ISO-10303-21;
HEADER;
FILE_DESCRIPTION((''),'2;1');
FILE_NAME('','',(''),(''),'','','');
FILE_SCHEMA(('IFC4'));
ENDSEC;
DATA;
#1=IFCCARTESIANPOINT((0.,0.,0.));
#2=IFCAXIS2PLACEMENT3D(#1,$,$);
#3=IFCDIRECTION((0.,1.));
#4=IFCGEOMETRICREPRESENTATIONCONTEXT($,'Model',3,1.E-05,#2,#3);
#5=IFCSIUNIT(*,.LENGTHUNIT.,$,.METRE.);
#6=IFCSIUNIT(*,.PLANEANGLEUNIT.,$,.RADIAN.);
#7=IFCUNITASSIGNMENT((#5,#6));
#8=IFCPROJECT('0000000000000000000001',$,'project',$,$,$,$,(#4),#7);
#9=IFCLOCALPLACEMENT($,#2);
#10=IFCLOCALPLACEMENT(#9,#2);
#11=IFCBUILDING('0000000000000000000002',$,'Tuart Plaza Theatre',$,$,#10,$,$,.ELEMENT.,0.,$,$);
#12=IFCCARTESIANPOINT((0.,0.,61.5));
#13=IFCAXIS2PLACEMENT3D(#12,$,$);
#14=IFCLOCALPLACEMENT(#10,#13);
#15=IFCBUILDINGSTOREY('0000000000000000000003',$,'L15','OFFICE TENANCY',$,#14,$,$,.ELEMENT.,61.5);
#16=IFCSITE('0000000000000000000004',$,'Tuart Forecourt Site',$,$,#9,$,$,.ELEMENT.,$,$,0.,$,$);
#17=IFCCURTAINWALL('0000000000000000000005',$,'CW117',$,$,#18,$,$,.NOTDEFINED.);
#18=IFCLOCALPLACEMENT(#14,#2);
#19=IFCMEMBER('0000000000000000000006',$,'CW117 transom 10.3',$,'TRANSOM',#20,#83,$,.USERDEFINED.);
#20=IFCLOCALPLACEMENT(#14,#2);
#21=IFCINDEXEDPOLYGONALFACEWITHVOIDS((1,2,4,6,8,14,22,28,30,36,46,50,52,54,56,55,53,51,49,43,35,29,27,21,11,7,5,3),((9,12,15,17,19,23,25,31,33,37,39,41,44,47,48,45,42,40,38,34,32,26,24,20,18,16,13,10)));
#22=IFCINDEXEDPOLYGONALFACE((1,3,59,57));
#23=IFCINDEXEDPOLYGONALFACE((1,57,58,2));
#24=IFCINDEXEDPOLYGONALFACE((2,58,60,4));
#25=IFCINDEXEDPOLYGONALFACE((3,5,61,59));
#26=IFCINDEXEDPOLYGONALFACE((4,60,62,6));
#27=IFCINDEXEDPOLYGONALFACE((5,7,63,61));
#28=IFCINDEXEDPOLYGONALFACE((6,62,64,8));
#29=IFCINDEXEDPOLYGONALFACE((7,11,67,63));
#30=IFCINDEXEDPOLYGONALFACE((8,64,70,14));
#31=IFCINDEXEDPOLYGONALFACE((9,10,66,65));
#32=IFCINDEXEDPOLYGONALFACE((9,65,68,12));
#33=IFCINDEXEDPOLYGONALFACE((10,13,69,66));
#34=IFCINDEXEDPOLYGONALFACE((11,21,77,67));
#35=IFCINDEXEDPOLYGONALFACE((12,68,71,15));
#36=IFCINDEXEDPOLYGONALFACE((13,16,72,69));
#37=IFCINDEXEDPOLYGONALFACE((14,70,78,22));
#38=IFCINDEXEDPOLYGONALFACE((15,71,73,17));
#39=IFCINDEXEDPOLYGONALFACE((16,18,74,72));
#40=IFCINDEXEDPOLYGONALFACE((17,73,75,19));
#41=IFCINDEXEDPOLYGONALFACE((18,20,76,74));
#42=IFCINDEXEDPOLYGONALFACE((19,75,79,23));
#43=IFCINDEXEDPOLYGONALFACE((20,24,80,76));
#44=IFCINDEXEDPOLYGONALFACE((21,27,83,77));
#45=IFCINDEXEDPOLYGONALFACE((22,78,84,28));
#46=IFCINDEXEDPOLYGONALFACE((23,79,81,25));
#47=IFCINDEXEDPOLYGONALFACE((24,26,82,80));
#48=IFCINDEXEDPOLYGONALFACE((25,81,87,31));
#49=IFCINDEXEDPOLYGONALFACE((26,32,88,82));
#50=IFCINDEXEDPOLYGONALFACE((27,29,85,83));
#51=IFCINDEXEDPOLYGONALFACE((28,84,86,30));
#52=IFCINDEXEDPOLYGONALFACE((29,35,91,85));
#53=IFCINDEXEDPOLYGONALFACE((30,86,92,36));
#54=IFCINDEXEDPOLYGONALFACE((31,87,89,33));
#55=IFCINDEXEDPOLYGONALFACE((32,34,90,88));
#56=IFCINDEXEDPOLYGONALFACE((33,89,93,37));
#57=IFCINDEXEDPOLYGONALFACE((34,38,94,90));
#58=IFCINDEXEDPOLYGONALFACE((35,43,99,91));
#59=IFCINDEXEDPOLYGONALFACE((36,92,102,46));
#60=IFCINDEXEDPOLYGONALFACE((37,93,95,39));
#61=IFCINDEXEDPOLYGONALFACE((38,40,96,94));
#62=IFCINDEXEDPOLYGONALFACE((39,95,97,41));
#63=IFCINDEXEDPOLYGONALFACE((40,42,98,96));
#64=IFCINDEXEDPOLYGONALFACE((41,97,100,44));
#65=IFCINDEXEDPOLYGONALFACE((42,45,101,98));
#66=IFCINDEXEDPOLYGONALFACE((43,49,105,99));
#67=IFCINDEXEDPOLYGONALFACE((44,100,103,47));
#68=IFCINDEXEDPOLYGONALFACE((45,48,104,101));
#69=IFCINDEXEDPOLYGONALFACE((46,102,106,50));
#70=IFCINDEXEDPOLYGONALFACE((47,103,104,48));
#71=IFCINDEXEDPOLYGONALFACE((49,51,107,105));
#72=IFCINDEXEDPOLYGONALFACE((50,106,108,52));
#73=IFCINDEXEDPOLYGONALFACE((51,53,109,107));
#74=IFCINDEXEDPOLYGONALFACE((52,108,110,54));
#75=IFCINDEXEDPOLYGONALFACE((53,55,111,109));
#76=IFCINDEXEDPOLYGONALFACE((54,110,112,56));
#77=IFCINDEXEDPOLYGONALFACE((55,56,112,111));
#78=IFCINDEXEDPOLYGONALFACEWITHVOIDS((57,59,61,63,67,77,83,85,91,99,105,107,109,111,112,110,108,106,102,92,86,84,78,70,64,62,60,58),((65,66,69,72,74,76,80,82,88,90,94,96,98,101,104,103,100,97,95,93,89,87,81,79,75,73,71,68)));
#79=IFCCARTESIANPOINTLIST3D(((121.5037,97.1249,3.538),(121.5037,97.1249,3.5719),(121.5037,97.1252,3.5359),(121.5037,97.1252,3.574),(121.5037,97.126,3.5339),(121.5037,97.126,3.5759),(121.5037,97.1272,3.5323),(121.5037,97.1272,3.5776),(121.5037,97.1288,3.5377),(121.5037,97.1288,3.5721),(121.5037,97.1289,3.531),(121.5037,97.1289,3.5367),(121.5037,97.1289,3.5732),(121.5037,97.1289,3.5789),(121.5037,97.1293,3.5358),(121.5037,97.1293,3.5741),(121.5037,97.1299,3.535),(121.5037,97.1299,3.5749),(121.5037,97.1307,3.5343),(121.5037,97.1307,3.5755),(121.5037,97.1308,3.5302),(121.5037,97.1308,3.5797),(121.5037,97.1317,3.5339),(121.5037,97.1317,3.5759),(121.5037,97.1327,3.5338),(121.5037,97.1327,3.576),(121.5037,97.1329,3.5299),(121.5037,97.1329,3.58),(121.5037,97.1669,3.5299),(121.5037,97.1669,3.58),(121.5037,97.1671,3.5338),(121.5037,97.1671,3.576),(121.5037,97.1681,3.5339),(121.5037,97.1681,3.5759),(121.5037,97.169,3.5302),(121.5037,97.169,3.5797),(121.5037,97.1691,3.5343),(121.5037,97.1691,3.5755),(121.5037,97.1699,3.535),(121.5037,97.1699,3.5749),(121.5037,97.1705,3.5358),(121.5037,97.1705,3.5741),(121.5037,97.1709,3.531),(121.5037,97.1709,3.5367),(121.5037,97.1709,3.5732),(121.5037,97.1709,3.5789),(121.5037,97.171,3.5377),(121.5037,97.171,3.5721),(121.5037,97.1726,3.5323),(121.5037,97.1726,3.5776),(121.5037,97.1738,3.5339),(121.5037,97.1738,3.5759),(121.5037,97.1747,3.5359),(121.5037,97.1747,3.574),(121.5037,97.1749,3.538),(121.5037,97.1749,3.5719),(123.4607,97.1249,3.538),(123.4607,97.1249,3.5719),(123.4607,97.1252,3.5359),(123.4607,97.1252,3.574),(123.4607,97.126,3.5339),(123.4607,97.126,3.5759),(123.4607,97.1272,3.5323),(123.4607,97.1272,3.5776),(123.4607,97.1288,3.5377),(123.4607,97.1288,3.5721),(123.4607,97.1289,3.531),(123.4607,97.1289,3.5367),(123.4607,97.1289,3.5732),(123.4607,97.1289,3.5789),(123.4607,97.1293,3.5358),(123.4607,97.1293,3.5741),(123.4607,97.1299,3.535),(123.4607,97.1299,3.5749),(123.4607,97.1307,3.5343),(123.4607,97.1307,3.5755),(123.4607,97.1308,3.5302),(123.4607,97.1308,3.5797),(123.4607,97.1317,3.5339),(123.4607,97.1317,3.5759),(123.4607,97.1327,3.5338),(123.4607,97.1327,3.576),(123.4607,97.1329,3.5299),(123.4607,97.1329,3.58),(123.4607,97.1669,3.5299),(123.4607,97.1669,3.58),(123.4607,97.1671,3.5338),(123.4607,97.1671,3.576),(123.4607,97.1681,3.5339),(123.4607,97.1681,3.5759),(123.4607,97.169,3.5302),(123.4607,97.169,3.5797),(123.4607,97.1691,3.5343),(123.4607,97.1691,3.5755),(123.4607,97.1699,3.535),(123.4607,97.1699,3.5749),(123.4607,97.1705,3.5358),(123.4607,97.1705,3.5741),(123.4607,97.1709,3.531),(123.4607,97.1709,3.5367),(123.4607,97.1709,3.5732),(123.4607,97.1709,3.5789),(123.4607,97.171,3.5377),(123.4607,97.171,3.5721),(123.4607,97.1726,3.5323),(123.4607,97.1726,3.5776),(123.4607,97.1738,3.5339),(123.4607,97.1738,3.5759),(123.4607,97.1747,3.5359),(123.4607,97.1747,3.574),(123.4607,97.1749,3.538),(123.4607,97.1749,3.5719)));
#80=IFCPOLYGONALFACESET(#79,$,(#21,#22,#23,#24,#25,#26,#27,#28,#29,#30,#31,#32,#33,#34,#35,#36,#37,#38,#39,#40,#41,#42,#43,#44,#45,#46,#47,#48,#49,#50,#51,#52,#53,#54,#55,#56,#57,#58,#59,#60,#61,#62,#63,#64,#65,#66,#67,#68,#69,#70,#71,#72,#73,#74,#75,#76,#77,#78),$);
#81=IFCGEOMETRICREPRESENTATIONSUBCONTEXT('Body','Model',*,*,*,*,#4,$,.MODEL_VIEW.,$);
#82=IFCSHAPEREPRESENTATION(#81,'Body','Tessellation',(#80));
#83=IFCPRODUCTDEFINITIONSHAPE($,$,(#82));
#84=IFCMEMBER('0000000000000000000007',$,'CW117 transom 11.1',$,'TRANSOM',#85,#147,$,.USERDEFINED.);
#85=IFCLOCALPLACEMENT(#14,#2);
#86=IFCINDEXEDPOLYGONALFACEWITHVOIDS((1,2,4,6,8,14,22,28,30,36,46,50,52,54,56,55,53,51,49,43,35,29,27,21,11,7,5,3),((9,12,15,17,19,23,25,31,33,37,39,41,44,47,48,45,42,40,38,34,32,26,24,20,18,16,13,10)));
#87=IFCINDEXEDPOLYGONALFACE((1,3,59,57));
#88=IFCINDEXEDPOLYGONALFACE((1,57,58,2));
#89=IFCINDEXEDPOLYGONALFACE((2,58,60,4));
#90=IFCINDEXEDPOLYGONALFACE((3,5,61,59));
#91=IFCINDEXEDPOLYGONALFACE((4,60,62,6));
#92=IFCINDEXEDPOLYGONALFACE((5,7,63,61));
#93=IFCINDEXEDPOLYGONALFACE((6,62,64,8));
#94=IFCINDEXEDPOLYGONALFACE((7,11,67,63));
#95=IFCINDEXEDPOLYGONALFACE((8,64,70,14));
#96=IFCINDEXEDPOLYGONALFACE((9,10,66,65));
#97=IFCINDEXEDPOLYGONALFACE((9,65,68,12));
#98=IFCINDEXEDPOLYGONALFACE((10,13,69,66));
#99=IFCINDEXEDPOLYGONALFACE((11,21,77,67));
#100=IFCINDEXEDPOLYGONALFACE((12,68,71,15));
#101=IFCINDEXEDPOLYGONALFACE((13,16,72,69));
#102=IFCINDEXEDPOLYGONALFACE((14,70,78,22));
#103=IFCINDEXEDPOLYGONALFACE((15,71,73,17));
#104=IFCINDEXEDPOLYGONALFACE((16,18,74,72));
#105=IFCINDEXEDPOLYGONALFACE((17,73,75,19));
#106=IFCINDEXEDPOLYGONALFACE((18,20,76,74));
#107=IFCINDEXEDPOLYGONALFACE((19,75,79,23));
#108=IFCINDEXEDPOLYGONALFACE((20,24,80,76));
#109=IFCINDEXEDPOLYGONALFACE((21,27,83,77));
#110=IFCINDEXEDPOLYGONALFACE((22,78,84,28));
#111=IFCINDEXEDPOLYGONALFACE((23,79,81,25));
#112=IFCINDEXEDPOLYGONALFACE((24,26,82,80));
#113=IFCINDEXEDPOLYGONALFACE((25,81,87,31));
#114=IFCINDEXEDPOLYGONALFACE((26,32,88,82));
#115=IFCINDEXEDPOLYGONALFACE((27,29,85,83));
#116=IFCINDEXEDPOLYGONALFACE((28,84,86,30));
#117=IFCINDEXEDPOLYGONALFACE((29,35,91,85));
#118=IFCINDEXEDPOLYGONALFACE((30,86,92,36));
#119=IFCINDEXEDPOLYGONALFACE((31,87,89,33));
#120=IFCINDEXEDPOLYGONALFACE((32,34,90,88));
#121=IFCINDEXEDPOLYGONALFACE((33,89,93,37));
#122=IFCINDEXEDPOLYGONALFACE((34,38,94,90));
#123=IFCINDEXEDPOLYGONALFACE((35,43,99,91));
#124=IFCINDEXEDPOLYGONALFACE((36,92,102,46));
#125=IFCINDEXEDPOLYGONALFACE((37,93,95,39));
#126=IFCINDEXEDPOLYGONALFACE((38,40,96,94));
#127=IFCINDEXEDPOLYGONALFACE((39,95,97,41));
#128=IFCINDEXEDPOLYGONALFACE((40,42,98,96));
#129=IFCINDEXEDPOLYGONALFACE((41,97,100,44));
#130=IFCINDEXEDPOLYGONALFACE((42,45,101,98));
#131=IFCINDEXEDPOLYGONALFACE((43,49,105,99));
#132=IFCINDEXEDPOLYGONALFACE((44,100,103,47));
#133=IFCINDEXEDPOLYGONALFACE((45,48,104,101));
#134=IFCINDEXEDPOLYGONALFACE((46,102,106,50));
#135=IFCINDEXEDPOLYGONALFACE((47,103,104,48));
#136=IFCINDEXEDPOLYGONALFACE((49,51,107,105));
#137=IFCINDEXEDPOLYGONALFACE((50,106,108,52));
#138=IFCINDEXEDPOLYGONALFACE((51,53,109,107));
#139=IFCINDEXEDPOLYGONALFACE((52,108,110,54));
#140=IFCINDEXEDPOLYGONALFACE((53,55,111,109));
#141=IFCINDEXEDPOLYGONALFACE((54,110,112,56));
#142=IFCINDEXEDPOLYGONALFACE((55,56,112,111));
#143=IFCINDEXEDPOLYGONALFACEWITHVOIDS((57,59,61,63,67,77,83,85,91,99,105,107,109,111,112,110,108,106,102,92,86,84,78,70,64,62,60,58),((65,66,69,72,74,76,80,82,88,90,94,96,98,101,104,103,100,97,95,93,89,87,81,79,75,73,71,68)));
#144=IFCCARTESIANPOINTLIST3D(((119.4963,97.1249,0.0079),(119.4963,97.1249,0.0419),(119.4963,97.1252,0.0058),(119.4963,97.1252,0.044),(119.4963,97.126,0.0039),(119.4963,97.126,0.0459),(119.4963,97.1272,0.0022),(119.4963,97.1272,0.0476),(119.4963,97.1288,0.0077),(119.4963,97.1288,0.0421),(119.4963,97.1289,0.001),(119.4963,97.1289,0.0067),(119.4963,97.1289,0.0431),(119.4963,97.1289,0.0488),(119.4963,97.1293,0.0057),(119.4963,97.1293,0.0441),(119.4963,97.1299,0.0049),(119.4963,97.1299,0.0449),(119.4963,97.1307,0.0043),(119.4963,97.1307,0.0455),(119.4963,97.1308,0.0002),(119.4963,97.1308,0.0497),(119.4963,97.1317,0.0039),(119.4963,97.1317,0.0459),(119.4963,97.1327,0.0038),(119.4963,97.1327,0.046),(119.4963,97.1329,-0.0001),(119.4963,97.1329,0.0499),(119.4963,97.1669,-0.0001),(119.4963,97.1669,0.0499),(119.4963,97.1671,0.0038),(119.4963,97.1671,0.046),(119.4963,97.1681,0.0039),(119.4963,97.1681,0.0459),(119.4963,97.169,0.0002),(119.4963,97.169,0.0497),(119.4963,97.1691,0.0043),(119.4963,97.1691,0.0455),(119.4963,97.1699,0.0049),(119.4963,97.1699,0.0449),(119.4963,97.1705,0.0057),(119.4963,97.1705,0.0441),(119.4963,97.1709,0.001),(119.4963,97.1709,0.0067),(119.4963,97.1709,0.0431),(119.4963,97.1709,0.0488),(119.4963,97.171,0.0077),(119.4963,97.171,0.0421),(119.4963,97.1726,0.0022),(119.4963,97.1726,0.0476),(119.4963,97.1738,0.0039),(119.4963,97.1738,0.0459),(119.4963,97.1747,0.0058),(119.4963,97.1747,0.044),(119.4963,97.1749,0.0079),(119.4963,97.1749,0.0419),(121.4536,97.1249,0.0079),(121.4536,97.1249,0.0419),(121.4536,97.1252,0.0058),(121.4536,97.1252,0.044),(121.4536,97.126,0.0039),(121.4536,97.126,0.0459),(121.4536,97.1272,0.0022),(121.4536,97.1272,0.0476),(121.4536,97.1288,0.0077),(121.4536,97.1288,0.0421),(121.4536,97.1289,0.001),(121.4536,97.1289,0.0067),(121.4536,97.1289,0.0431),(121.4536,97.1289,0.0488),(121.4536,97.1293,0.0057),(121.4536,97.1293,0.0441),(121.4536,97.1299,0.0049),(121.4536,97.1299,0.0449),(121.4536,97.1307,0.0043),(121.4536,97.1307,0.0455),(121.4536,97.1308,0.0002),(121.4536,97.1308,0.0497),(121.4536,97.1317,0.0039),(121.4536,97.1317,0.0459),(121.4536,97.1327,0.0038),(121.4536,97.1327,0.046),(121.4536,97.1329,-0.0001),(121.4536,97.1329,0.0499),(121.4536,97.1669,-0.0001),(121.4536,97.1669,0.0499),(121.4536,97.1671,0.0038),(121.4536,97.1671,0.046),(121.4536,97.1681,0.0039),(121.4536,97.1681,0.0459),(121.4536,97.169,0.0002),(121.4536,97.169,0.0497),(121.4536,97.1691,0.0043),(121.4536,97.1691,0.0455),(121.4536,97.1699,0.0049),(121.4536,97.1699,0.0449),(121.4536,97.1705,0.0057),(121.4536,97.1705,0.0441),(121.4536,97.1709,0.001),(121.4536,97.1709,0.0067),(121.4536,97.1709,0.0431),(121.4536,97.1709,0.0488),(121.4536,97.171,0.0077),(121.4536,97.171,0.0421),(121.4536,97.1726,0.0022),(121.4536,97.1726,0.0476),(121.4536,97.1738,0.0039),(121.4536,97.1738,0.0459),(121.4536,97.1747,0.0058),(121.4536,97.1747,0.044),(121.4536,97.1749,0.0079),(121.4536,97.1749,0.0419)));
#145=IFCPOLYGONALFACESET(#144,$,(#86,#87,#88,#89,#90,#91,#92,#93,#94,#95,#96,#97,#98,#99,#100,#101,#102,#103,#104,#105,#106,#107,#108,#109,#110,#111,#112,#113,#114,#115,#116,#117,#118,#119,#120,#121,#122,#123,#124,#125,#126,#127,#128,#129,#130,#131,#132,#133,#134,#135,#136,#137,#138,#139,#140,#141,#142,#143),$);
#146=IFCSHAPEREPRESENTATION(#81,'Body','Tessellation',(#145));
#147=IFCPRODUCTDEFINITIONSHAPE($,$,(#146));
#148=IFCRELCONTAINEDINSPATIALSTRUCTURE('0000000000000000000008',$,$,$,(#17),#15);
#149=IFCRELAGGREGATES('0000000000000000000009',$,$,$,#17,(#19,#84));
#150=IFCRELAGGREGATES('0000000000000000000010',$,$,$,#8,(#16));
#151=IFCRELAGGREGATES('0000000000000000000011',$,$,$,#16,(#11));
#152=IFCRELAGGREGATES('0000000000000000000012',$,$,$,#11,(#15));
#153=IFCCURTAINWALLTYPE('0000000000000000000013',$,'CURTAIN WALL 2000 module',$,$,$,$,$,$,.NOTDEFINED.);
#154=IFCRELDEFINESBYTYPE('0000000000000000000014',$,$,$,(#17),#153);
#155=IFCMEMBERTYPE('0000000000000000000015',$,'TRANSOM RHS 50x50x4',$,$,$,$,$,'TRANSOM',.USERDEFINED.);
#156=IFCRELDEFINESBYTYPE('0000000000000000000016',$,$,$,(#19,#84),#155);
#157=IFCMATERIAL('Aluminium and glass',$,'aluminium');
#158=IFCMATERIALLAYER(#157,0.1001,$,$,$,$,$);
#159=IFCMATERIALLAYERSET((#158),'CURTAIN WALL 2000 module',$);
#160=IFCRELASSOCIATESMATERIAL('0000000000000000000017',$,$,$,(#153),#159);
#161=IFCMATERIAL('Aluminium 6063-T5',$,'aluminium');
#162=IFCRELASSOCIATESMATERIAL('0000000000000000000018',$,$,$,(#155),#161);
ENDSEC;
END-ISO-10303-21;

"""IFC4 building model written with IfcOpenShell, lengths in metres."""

from ifc_helpers import new_model, si_unit, direction, frame, origin, origin_2d, place, context, subcontext, project, spatial, hollow_rectangle, extrude, material, layer, layer_set, material_profile, profile_set, type_object, element, aggregate, save


model = new_model("IFC4")

# Units and contexts
model_context = context("Model", 3, precision=1e-05, world=origin(), true_north=direction((0.0, 1.0)))
body_context = subcontext(model_context, "Body", "Model", "MODEL_VIEW")
ifc_project = project(units=[si_unit("LENGTHUNIT", "METRE"), si_unit("PLANEANGLEUNIT", "RADIAN")], contexts=[model_context])

# Site, building, storey
site_placement = place(None, origin())
site = spatial("IfcSite", under=ifc_project, at=site_placement, Name="Tuart Forecourt Site", CompositionType="ELEMENT", RefElevation=0.0)
building_placement = place(site_placement, origin())
building = spatial("IfcBuilding", under=site, at=building_placement, Name="Tuart Plaza Theatre", CompositionType="ELEMENT", ElevationOfRefHeight=0.0)
storey_placement = place(building_placement, frame((0.0, 0.0, 61.5)))
storey = spatial("IfcBuildingStorey", under=building, at=storey_placement, Name="L15", Description="OFFICE TENANCY", CompositionType="ELEMENT", Elevation=61.5)

# Curtain wall, members
ifc_material_1 = material(Name="Aluminium and glass", Category="aluminium")
ifc_layer_1 = layer(ifc_material_1, 0.1001)
ifc_layer_set_1 = layer_set([ifc_layer_1], Name="CURTAIN WALL 2000 module")
curtain_wall_type = type_object("IfcCurtainWallType", Name="CURTAIN WALL 2000 module", PredefinedType="NOTDEFINED", material=ifc_layer_set_1)
curtain_wall_placement = place(storey_placement, origin())
curtain_wall = element("IfcCurtainWall", 1, at=curtain_wall_placement, inside=storey, type_object=curtain_wall_type, Name="CW117", PredefinedType="NOTDEFINED")
ifc_material_2 = material(Name="Aluminium 6063-T5", Category="aluminium")
ifc_material_profile_1 = material_profile(ifc_material_2, hollow_rectangle(XDim=0.05, YDim=0.05, WallThickness=0.0039, InnerFilletRadius=0.0039, OuterFilletRadius=0.0081, at=origin_2d()), Name="RHS 50x50x4")
ifc_profile_set_1 = profile_set([ifc_material_profile_1], Name="Aluminium 6063-T5")
member_type_1 = type_object("IfcMemberType", Name="TRANSOM RHS 50x50x4", ElementType="TRANSOM", PredefinedType="USERDEFINED", material=ifc_profile_set_1)
member_1_placement = place(storey_placement, frame((123.4607, 97.1499, 3.5549), z_axis=(-1.0, 0.0, 0.0), x_axis=(0.0, -1.0, 0.0)))
member_1 = element("IfcMember", 2, at=member_1_placement, type_object=member_type_1, Name="CW117 transom 10.3", ObjectType="TRANSOM", PredefinedType="USERDEFINED", context=body_context, shape_type="SweptSolid", body=[
    extrude(hollow_rectangle(XDim=0.05, YDim=0.05, WallThickness=0.0039, InnerFilletRadius=0.0039, OuterFilletRadius=0.0081, at=origin_2d()), origin(), (0.0, 0.0, 1.0), 1.957),
])
member_2_placement = place(storey_placement, frame((121.4536, 97.1499, 0.0249), z_axis=(-1.0, 0.0, 0.0), x_axis=(0.0, -1.0, 0.0)))
member_2 = element("IfcMember", 3, at=member_2_placement, type_object=member_type_1, Name="CW117 transom 11.1", ObjectType="TRANSOM", PredefinedType="USERDEFINED", context=body_context, shape_type="SweptSolid", body=[
    extrude(hollow_rectangle(XDim=0.05, YDim=0.05, WallThickness=0.0039, InnerFilletRadius=0.0039, OuterFilletRadius=0.0081, at=origin_2d()), origin(), (0.0, 0.0, 1.0), 1.9573),
])
aggregate(curtain_wall, [member_1, member_2])

save(model, "model.ifc")
